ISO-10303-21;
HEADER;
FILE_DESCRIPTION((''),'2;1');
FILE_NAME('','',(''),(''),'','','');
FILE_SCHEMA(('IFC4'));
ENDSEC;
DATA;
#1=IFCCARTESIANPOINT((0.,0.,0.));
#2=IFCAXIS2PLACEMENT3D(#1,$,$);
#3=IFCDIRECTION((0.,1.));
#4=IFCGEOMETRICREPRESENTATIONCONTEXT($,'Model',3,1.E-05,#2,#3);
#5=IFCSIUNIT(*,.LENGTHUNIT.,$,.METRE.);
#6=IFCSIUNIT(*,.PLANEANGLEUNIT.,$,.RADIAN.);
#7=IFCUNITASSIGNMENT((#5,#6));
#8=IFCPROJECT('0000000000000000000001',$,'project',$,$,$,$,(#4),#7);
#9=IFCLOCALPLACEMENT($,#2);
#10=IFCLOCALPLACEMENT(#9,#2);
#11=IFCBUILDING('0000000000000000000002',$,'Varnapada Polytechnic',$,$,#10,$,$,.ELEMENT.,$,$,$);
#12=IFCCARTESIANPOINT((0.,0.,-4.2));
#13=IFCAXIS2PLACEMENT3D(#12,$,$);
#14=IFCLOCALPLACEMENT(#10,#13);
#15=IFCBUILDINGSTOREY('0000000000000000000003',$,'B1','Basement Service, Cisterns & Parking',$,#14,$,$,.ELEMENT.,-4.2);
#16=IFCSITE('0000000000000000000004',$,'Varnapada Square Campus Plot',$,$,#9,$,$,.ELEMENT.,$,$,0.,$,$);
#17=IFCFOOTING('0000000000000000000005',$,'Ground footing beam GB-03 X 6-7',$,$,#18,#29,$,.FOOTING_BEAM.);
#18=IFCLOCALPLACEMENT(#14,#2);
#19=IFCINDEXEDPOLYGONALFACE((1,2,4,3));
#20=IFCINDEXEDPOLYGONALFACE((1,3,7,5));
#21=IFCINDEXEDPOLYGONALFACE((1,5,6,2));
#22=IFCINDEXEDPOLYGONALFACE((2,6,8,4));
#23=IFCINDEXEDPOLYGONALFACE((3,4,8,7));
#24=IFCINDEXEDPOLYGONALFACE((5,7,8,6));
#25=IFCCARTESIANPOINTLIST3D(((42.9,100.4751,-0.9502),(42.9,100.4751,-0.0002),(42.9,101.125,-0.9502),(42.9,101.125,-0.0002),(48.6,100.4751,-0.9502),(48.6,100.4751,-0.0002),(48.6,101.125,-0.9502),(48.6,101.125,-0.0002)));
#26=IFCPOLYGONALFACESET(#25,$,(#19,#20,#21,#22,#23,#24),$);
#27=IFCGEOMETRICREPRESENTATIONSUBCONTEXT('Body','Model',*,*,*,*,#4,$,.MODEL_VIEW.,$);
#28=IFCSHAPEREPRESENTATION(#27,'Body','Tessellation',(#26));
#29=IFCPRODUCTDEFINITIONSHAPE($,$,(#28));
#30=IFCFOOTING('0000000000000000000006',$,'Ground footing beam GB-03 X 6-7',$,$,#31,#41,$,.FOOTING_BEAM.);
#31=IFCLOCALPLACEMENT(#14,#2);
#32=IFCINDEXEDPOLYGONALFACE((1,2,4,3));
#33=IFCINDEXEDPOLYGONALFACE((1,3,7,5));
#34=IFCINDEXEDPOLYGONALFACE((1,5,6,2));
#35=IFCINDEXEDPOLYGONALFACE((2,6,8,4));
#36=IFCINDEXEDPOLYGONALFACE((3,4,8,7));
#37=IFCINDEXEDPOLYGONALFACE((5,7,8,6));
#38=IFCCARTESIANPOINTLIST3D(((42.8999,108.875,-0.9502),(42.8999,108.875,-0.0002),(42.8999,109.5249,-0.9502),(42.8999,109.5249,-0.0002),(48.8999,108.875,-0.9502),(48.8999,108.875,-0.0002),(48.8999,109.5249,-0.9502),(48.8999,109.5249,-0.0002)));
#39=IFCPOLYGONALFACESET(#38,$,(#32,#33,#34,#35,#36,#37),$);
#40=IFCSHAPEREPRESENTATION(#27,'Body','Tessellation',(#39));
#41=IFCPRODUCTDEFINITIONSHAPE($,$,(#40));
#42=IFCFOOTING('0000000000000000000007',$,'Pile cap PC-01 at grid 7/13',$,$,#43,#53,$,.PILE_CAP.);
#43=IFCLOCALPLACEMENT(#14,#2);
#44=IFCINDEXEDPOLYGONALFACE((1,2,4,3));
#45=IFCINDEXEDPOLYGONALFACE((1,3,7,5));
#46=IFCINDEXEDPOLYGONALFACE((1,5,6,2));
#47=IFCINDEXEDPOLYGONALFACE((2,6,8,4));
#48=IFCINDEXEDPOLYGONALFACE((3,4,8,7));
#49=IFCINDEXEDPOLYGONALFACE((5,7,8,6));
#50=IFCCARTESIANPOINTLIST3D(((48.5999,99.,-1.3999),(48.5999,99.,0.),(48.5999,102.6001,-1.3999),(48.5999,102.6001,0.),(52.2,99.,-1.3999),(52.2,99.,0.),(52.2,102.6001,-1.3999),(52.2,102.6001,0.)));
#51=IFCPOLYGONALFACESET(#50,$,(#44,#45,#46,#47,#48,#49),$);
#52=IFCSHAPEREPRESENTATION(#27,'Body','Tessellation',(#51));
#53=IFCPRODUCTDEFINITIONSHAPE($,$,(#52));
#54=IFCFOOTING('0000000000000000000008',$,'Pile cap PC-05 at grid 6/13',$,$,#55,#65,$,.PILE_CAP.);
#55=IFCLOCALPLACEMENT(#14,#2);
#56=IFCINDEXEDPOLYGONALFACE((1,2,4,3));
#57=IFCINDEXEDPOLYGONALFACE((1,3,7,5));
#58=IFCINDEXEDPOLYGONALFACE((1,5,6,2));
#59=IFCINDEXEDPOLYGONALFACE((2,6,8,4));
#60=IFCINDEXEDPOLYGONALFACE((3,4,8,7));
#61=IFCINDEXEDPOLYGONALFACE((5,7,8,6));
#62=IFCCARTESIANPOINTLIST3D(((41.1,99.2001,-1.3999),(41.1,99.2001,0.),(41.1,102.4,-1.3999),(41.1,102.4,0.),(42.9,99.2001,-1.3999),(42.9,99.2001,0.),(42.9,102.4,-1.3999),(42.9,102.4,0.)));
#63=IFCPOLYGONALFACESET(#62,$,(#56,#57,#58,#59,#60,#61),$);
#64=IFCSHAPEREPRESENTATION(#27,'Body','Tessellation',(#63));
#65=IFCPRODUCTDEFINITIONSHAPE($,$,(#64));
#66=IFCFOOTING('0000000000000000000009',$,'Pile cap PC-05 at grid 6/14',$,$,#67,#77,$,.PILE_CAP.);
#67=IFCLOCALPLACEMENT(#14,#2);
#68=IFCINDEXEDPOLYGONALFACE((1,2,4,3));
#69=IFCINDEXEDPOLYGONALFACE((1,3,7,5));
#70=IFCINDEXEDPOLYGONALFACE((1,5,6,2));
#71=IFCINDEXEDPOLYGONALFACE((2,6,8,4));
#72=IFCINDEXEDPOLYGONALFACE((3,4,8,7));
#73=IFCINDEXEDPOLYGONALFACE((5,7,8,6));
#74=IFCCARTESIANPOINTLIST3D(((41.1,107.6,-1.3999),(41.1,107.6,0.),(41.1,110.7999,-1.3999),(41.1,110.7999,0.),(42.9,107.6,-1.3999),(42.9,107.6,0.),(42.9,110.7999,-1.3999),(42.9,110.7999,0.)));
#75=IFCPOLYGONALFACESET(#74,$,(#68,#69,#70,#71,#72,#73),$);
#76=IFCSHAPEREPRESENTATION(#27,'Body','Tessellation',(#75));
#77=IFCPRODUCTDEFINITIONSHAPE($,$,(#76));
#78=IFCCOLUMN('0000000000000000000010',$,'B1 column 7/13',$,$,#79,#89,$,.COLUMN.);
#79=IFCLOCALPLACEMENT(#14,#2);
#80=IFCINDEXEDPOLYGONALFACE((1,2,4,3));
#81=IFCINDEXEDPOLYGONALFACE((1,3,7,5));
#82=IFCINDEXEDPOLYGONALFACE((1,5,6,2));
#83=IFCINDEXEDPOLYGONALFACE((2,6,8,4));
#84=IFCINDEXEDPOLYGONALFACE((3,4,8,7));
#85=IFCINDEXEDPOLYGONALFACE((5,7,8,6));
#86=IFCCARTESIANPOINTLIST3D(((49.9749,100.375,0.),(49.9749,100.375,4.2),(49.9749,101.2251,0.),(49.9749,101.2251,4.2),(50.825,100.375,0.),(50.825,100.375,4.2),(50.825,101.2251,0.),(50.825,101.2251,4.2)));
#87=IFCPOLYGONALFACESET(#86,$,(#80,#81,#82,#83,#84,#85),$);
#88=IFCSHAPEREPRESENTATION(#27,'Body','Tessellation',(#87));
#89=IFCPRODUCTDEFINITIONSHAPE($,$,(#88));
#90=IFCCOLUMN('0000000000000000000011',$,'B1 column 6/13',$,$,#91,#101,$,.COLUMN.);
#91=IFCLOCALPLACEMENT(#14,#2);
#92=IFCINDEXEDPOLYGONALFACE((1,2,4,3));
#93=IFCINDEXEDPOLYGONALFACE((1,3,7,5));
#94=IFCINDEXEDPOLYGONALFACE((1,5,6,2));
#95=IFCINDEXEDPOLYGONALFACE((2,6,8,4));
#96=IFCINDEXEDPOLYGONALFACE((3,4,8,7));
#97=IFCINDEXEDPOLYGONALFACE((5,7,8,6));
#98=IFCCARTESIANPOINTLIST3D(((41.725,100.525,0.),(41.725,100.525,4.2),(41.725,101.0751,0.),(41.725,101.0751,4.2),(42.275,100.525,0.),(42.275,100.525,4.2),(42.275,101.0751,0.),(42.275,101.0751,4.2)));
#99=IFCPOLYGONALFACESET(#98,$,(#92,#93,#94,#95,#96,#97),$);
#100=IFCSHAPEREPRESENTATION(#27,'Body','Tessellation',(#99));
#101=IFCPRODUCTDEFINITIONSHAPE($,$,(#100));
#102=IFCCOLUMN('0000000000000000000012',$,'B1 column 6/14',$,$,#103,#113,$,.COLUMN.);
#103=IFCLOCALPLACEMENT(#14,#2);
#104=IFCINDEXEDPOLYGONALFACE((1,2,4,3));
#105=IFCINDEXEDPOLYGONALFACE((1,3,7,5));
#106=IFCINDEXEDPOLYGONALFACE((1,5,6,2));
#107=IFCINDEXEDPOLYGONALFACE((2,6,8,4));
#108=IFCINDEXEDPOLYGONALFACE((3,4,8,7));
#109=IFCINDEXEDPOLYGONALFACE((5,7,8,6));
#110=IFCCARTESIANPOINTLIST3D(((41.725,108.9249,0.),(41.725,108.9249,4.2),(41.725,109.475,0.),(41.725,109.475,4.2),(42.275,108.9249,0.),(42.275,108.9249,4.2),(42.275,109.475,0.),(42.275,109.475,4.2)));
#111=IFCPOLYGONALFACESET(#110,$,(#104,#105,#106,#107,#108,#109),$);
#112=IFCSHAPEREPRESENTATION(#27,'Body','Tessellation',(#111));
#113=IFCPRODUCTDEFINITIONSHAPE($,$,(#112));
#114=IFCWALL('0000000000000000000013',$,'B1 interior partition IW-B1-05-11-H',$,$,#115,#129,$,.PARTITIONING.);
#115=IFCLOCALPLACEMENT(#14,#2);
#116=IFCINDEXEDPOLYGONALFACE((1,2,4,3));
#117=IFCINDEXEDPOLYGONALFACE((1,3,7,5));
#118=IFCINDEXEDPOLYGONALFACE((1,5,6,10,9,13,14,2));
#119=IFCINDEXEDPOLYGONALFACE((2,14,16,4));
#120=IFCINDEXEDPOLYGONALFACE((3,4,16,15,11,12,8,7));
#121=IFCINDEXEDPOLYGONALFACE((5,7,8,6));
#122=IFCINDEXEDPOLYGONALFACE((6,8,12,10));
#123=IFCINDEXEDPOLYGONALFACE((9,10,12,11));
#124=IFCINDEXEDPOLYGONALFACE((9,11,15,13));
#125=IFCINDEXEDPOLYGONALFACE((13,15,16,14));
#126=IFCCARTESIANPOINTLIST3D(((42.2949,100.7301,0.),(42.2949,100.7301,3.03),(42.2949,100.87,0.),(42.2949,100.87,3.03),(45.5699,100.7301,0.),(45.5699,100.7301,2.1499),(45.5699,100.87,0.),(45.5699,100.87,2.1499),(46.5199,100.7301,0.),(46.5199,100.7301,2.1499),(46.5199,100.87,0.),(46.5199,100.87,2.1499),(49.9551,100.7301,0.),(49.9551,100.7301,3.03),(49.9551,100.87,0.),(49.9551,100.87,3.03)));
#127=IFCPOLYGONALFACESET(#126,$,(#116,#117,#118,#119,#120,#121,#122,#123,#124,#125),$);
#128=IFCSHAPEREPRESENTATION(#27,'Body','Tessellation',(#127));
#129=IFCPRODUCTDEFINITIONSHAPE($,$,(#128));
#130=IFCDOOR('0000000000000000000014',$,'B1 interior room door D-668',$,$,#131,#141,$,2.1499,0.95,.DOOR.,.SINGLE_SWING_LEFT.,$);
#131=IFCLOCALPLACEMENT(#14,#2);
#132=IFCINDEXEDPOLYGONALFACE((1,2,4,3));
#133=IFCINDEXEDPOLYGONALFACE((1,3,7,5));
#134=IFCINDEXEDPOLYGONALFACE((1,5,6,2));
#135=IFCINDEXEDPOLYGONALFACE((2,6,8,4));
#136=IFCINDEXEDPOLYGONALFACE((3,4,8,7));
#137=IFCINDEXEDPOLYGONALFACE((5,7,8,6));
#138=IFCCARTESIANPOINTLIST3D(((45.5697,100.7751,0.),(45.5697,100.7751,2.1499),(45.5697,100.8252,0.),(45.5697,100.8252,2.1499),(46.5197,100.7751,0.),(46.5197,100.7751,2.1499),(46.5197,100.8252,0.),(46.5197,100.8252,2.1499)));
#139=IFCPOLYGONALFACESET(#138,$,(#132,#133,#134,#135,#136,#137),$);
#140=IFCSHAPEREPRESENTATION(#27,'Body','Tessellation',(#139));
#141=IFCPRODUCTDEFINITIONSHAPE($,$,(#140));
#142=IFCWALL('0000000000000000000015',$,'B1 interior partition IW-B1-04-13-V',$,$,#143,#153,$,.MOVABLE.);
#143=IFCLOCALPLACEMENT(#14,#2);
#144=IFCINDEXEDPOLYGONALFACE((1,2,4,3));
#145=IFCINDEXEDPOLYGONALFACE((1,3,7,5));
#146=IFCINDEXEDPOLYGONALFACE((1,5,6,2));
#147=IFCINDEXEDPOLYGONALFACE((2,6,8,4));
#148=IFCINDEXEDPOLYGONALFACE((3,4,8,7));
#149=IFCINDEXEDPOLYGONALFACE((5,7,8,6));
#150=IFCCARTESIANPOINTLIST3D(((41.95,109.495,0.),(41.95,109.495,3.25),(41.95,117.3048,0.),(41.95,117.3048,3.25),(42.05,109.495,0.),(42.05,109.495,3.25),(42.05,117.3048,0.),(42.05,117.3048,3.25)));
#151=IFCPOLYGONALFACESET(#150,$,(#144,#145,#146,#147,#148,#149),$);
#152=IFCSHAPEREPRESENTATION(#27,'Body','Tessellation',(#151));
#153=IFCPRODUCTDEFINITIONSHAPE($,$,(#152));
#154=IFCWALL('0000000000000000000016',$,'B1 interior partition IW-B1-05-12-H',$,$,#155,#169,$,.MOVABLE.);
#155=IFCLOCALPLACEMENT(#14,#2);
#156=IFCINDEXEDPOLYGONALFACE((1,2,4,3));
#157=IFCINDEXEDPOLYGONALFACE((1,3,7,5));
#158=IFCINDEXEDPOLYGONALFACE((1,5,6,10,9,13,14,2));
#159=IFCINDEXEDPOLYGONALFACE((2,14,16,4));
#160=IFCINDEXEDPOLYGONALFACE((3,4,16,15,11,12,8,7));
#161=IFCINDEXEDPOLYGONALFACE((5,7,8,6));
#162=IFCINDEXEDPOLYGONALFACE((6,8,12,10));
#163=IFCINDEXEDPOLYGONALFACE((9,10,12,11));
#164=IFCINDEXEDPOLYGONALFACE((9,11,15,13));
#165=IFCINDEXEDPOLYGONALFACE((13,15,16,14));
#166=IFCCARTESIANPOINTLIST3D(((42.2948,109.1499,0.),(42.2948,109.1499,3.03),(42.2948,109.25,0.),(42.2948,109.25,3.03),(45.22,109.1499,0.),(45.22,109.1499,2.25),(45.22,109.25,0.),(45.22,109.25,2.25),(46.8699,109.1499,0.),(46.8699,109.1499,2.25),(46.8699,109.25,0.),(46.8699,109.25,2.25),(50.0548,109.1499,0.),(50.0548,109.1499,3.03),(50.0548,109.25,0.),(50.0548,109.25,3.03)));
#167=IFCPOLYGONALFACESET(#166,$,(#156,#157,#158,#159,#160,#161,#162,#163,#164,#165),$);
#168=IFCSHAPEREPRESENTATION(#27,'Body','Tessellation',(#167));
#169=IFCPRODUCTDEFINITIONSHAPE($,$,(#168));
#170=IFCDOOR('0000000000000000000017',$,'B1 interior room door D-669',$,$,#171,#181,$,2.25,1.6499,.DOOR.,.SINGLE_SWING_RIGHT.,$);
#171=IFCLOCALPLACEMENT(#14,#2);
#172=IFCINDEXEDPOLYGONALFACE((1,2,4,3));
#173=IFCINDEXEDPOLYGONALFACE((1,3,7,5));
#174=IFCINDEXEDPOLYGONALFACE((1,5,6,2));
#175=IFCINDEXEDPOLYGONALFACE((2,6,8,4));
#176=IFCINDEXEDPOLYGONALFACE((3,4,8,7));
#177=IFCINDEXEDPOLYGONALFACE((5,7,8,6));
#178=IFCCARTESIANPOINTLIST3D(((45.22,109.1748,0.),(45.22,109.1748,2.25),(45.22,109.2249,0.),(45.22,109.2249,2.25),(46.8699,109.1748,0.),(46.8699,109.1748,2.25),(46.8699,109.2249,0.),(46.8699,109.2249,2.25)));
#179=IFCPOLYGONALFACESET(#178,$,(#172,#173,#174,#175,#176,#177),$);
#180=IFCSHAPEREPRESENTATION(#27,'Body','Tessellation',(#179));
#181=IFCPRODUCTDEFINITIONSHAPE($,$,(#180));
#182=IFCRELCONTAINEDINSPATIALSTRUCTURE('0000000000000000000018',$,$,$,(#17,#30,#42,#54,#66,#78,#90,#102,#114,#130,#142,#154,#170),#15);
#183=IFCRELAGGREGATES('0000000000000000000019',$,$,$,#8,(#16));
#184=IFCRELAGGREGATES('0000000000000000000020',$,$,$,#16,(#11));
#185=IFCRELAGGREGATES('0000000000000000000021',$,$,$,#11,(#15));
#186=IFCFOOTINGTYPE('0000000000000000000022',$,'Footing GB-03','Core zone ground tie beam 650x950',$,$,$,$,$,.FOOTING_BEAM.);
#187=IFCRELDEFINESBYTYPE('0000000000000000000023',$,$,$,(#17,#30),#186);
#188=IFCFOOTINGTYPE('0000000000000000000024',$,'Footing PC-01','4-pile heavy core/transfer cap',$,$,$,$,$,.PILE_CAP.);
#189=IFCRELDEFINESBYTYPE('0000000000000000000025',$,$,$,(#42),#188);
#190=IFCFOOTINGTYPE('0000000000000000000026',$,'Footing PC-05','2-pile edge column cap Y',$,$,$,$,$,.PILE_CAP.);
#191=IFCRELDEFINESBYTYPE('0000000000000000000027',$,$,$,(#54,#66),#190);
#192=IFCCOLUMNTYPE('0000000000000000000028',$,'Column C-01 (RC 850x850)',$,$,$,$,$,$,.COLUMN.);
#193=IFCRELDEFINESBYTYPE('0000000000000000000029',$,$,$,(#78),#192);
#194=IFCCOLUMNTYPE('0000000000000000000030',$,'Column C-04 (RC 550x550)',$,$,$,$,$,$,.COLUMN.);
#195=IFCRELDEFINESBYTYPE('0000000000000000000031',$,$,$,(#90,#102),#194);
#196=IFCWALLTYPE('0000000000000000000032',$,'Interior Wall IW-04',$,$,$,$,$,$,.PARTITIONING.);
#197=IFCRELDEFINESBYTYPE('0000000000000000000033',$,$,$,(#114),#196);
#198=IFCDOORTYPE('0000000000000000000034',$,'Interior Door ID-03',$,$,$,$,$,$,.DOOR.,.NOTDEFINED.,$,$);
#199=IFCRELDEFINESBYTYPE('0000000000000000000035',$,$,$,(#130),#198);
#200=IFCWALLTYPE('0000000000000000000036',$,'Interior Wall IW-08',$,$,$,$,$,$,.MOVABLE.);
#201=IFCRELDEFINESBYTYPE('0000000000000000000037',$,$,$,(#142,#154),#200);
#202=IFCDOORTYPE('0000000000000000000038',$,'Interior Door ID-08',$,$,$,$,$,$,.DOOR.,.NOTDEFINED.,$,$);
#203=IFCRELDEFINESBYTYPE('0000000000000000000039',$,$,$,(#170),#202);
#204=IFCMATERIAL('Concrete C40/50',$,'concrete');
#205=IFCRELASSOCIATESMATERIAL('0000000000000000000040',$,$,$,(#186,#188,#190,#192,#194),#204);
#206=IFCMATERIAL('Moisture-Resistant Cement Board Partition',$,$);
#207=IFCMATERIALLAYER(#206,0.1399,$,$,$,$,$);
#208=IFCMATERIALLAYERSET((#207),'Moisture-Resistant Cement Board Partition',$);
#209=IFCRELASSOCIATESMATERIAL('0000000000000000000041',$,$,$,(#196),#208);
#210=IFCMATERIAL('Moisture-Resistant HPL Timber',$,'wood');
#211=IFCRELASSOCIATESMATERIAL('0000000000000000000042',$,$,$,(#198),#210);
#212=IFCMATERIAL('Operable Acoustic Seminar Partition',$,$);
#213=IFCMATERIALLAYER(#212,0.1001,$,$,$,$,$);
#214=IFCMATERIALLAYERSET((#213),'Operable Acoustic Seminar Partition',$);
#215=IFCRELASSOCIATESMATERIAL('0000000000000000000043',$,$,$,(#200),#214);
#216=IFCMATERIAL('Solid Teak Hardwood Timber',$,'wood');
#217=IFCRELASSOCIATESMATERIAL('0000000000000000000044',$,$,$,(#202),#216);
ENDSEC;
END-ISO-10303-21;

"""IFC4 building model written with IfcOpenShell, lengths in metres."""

from ifc_helpers import new_model, si_unit, direction, frame, frame_2d, origin, origin_2d, place, context, subcontext, project, spatial, rectangle, extrude, material, layer, layer_set, material_profile, profile_set, type_object, element, fill, save


model = new_model("IFC4")

# Units and contexts
model_context = context("Model", 3, precision=1e-05, world=origin(), true_north=direction((0.0, 1.0)))
body_context = subcontext(model_context, "Body", "Model", "MODEL_VIEW")
ifc_project = project(units=[si_unit("LENGTHUNIT", "METRE"), si_unit("PLANEANGLEUNIT", "RADIAN")], contexts=[model_context])

# Site, building, storey
site_placement = place(None, origin())
site = spatial("IfcSite", under=ifc_project, at=site_placement, Name="Varnapada Square Campus Plot", CompositionType="ELEMENT", RefElevation=0.0)
building_placement = place(site_placement, origin())
building = spatial("IfcBuilding", under=site, at=building_placement, Name="Varnapada Polytechnic", CompositionType="ELEMENT")
storey_placement = place(building_placement, frame((0.0, 0.0, -4.2)))
storey = spatial("IfcBuildingStorey", under=building, at=storey_placement, Name="B1", Description="Basement Service, Cisterns & Parking", CompositionType="ELEMENT", Elevation=-4.2)

# Shared definitions
ifc_material_1 = material(Name="Concrete C40/50", Category="concrete")

# Footings
footing_type_1 = type_object("IfcFootingType", Name="Footing GB-03", Description="Core zone ground tie beam 650x950", PredefinedType="FOOTING_BEAM", material=ifc_material_1)
footing_1_placement = place(storey_placement, frame((45.75, 100.8, -0.9502), z_axis=(0.0, 0.0, 1.0), x_axis=(1.0, 0.0, 0.0)))
element("IfcFooting", 1, at=footing_1_placement, inside=storey, type_object=footing_type_1, Name="Ground footing beam GB-03 X 6-7", PredefinedType="FOOTING_BEAM", context=body_context, shape_type="SweptSolid", body=[
    extrude(rectangle(XDim=5.7, YDim=0.6499, at=origin_2d()), origin(), (0.0, 0.0, 1.0), 0.95),
])
footing_2_placement = place(storey_placement, frame((45.8999, 109.2, -0.9502), z_axis=(0.0, 0.0, 1.0), x_axis=(1.0, 0.0, 0.0)))
element("IfcFooting", 2, at=footing_2_placement, inside=storey, type_object=footing_type_1, Name="Ground footing beam GB-03 X 6-7", PredefinedType="FOOTING_BEAM", context=body_context, shape_type="SweptSolid", body=[
    extrude(rectangle(XDim=6.0, YDim=0.6499, at=origin_2d()), origin(), (0.0, 0.0, 1.0), 0.95),
])
footing_type_2 = type_object("IfcFootingType", Name="Footing PC-01", Description="4-pile heavy core/transfer cap", PredefinedType="PILE_CAP", material=ifc_material_1)
footing_3_placement = place(storey_placement, frame((50.3999, 100.8, -1.3999), z_axis=(0.0, 0.0, 1.0), x_axis=(1.0, 0.0, 0.0)))
element("IfcFooting", 3, at=footing_3_placement, inside=storey, type_object=footing_type_2, Name="Pile cap PC-01 at grid 7/13", PredefinedType="PILE_CAP", context=body_context, shape_type="SweptSolid", body=[
    extrude(rectangle(XDim=3.6001, YDim=3.6001, at=origin_2d()), origin(), (0.0, 0.0, 1.0), 1.3999),
])
footing_type_3 = type_object("IfcFootingType", Name="Footing PC-05", Description="2-pile edge column cap Y", PredefinedType="PILE_CAP", material=ifc_material_1)
for number, where, z_axis, x_axis, name in (
    (4, (42.0, 100.8, -1.3999), (0.0, 0.0, 1.0), (1.0, 0.0, 0.0), "Pile cap PC-05 at grid 6/13"),
    (5, (42.0, 109.2, -1.3999), (0.0, 0.0, 1.0), (1.0, 0.0, 0.0), "Pile cap PC-05 at grid 6/14"),
):
    element("IfcFooting", number, at=place(storey_placement, frame(where, z_axis=z_axis, x_axis=x_axis)), inside=storey, type_object=footing_type_3, Name=name, PredefinedType="PILE_CAP", context=body_context, shape_type="SweptSolid", body=[
        extrude(rectangle(XDim=1.8, YDim=3.2, at=origin_2d()), origin(), (0.0, 0.0, 1.0), 1.3999),
    ])

# Columns
ifc_material_profile_1 = material_profile(ifc_material_1, rectangle(XDim=0.8501, YDim=0.8501, at=origin_2d()), Name="RC 850x850")
ifc_profile_set_1 = profile_set([ifc_material_profile_1], Name="Concrete C40/50")
column_type_1 = type_object("IfcColumnType", Name="Column C-01 (RC 850x850)", PredefinedType="COLUMN", material=ifc_profile_set_1)
column_placement = place(storey_placement, frame((50.3999, 100.8, 0.0), z_axis=(0.0, 0.0, 1.0), x_axis=(1.0, 0.0, 0.0)))
element("IfcColumn", 6, at=column_placement, inside=storey, type_object=column_type_1, Name="B1 column 7/13", PredefinedType="COLUMN", context=body_context, shape_type="SweptSolid", body=[
    extrude(rectangle(XDim=0.8501, YDim=0.8501, at=origin_2d()), origin(), (0.0, 0.0, 1.0), 4.2),
])
ifc_material_profile_2 = material_profile(ifc_material_1, rectangle(XDim=0.55, YDim=0.55, at=origin_2d()), Name="RC 550x550")
ifc_profile_set_2 = profile_set([ifc_material_profile_2], Name="Concrete C40/50")
column_type_2 = type_object("IfcColumnType", Name="Column C-04 (RC 550x550)", PredefinedType="COLUMN", material=ifc_profile_set_2)
for number, where, z_axis, x_axis, name in (
    (7, (42.0, 100.8, 0.0), (0.0, 0.0, 1.0), (1.0, 0.0, 0.0), "B1 column 6/13"),
    (8, (42.0, 109.2, 0.0), (0.0, 0.0, 1.0), (1.0, 0.0, 0.0), "B1 column 6/14"),
):
    element("IfcColumn", number, at=place(storey_placement, frame(where, z_axis=z_axis, x_axis=x_axis)), inside=storey, type_object=column_type_2, Name=name, PredefinedType="COLUMN", context=body_context, shape_type="SweptSolid", body=[
        extrude(rectangle(XDim=0.55, YDim=0.55, at=origin_2d()), origin(), (0.0, 0.0, 1.0), 4.2),
    ])

# Wall, opening, door
ifc_material_2 = material(Name="Moisture-Resistant Cement Board Partition")
ifc_layer_1 = layer(ifc_material_2, 0.1399)
ifc_layer_set_1 = layer_set([ifc_layer_1], Name="Moisture-Resistant Cement Board Partition")
wall_type_1 = type_object("IfcWallType", Name="Interior Wall IW-04", PredefinedType="PARTITIONING", material=ifc_layer_set_1)
wall_1_placement = place(storey_placement, frame((42.2949, 100.8, 0.0), z_axis=(0.0, 0.0, 1.0), x_axis=(1.0, 0.0, 0.0)))
wall_1 = element("IfcWall", 9, at=wall_1_placement, inside=storey, type_object=wall_type_1, Name="B1 interior partition IW-B1-05-11-H", PredefinedType="PARTITIONING", context=body_context, shape_type="SweptSolid", body=[
    extrude(rectangle(XDim=7.6602, YDim=0.1399, at=frame_2d((3.8301, 0.0))), origin(), (0.0, 0.0, 1.0), 3.03),
])
opening_1_placement = place(wall_1_placement, frame((3.2749, 0.0, 0.0)))
opening_1 = element("IfcOpeningElement", 10, at=opening_1_placement, cuts=wall_1, PredefinedType="OPENING", context=body_context, shape_type="SweptSolid", body=[
    extrude(rectangle(XDim=0.95, YDim=2.1499, at=frame_2d((0.4751, 1.075))), frame((0.0, 0.0798, 0.0), z_axis=(0.0, -1.0, 0.0), x_axis=(1.0, 0.0, 0.0)), (0.0, 0.0, 1.0), 0.1599),
])
ifc_material_3 = material(Name="Moisture-Resistant HPL Timber", Category="wood")
door_type_1 = type_object("IfcDoorType", Name="Interior Door ID-03", OperationType="NOTDEFINED", PredefinedType="DOOR", material=ifc_material_3)
door_1_placement = place(opening_1_placement, frame((0.95, 0.0, 0.0), z_axis=(0.0, 0.0, 1.0), x_axis=(-1.0, 0.0, 0.0)))
door_1 = element("IfcDoor", 11, at=door_1_placement, inside=storey, type_object=door_type_1, Name="B1 interior room door D-668", OperationType="SINGLE_SWING_LEFT", OverallHeight=2.1499, OverallWidth=0.95, PredefinedType="DOOR", context=body_context, shape_type="SweptSolid", body=[
    extrude(rectangle(XDim=0.95, YDim=2.1499, at=frame_2d((0.4751, 1.075))), frame((0.0, 0.0249, 0.0), z_axis=(0.0, -1.0, 0.0), x_axis=(1.0, 0.0, 0.0)), (0.0, 0.0, 1.0), 0.05),
])
fill(opening_1, door_1)

# Wall
ifc_material_4 = material(Name="Operable Acoustic Seminar Partition")
ifc_layer_2 = layer(ifc_material_4, 0.1001)
ifc_layer_set_2 = layer_set([ifc_layer_2], Name="Operable Acoustic Seminar Partition")
wall_type_2 = type_object("IfcWallType", Name="Interior Wall IW-08", PredefinedType="MOVABLE", material=ifc_layer_set_2)
wall_2_placement = place(storey_placement, frame((42.0, 109.4951, 0.0), z_axis=(0.0, 0.0, 1.0), x_axis=(0.0, 1.0, 0.0)))
element("IfcWall", 12, at=wall_2_placement, inside=storey, type_object=wall_type_2, Name="B1 interior partition IW-B1-04-13-V", PredefinedType="MOVABLE", context=body_context, shape_type="SweptSolid", body=[
    extrude(rectangle(XDim=7.8098, YDim=0.1001, at=frame_2d((3.9048, 0.0))), origin(), (0.0, 0.0, 1.0), 3.25),
])

# Wall, opening, door
wall_3_placement = place(storey_placement, frame((42.2949, 109.2, 0.0), z_axis=(0.0, 0.0, 1.0), x_axis=(1.0, 0.0, 0.0)))
wall_3 = element("IfcWall", 13, at=wall_3_placement, inside=storey, type_object=wall_type_2, Name="B1 interior partition IW-B1-05-12-H", PredefinedType="MOVABLE", context=body_context, shape_type="SweptSolid", body=[
    extrude(rectangle(XDim=7.76, YDim=0.1001, at=frame_2d((3.8799, 0.0))), origin(), (0.0, 0.0, 1.0), 3.03),
])
opening_2_placement = place(wall_3_placement, frame((2.925, 0.0, 0.0)))
opening_2 = element("IfcOpeningElement", 14, at=opening_2_placement, cuts=wall_3, PredefinedType="OPENING", context=body_context, shape_type="SweptSolid", body=[
    extrude(rectangle(XDim=1.6499, YDim=2.25, at=frame_2d((0.825, 1.125))), frame((0.0, 0.0601, 0.0), z_axis=(0.0, -1.0, 0.0), x_axis=(1.0, 0.0, 0.0)), (0.0, 0.0, 1.0), 0.1201),
])
ifc_material_5 = material(Name="Solid Teak Hardwood Timber", Category="wood")
door_type_2 = type_object("IfcDoorType", Name="Interior Door ID-08", OperationType="NOTDEFINED", PredefinedType="DOOR", material=ifc_material_5)
door_2_placement = place(opening_2_placement, origin())
door_2 = element("IfcDoor", 15, at=door_2_placement, inside=storey, type_object=door_type_2, Name="B1 interior room door D-669", OperationType="SINGLE_SWING_RIGHT", OverallHeight=2.25, OverallWidth=1.6499, PredefinedType="DOOR", context=body_context, shape_type="SweptSolid", body=[
    extrude(rectangle(XDim=1.6499, YDim=2.25, at=frame_2d((0.825, 1.125))), frame((0.0, 0.0249, 0.0), z_axis=(0.0, -1.0, 0.0), x_axis=(1.0, 0.0, 0.0)), (0.0, 0.0, 1.0), 0.05),
])
fill(opening_2, door_2)

save(model, "model.ifc")
